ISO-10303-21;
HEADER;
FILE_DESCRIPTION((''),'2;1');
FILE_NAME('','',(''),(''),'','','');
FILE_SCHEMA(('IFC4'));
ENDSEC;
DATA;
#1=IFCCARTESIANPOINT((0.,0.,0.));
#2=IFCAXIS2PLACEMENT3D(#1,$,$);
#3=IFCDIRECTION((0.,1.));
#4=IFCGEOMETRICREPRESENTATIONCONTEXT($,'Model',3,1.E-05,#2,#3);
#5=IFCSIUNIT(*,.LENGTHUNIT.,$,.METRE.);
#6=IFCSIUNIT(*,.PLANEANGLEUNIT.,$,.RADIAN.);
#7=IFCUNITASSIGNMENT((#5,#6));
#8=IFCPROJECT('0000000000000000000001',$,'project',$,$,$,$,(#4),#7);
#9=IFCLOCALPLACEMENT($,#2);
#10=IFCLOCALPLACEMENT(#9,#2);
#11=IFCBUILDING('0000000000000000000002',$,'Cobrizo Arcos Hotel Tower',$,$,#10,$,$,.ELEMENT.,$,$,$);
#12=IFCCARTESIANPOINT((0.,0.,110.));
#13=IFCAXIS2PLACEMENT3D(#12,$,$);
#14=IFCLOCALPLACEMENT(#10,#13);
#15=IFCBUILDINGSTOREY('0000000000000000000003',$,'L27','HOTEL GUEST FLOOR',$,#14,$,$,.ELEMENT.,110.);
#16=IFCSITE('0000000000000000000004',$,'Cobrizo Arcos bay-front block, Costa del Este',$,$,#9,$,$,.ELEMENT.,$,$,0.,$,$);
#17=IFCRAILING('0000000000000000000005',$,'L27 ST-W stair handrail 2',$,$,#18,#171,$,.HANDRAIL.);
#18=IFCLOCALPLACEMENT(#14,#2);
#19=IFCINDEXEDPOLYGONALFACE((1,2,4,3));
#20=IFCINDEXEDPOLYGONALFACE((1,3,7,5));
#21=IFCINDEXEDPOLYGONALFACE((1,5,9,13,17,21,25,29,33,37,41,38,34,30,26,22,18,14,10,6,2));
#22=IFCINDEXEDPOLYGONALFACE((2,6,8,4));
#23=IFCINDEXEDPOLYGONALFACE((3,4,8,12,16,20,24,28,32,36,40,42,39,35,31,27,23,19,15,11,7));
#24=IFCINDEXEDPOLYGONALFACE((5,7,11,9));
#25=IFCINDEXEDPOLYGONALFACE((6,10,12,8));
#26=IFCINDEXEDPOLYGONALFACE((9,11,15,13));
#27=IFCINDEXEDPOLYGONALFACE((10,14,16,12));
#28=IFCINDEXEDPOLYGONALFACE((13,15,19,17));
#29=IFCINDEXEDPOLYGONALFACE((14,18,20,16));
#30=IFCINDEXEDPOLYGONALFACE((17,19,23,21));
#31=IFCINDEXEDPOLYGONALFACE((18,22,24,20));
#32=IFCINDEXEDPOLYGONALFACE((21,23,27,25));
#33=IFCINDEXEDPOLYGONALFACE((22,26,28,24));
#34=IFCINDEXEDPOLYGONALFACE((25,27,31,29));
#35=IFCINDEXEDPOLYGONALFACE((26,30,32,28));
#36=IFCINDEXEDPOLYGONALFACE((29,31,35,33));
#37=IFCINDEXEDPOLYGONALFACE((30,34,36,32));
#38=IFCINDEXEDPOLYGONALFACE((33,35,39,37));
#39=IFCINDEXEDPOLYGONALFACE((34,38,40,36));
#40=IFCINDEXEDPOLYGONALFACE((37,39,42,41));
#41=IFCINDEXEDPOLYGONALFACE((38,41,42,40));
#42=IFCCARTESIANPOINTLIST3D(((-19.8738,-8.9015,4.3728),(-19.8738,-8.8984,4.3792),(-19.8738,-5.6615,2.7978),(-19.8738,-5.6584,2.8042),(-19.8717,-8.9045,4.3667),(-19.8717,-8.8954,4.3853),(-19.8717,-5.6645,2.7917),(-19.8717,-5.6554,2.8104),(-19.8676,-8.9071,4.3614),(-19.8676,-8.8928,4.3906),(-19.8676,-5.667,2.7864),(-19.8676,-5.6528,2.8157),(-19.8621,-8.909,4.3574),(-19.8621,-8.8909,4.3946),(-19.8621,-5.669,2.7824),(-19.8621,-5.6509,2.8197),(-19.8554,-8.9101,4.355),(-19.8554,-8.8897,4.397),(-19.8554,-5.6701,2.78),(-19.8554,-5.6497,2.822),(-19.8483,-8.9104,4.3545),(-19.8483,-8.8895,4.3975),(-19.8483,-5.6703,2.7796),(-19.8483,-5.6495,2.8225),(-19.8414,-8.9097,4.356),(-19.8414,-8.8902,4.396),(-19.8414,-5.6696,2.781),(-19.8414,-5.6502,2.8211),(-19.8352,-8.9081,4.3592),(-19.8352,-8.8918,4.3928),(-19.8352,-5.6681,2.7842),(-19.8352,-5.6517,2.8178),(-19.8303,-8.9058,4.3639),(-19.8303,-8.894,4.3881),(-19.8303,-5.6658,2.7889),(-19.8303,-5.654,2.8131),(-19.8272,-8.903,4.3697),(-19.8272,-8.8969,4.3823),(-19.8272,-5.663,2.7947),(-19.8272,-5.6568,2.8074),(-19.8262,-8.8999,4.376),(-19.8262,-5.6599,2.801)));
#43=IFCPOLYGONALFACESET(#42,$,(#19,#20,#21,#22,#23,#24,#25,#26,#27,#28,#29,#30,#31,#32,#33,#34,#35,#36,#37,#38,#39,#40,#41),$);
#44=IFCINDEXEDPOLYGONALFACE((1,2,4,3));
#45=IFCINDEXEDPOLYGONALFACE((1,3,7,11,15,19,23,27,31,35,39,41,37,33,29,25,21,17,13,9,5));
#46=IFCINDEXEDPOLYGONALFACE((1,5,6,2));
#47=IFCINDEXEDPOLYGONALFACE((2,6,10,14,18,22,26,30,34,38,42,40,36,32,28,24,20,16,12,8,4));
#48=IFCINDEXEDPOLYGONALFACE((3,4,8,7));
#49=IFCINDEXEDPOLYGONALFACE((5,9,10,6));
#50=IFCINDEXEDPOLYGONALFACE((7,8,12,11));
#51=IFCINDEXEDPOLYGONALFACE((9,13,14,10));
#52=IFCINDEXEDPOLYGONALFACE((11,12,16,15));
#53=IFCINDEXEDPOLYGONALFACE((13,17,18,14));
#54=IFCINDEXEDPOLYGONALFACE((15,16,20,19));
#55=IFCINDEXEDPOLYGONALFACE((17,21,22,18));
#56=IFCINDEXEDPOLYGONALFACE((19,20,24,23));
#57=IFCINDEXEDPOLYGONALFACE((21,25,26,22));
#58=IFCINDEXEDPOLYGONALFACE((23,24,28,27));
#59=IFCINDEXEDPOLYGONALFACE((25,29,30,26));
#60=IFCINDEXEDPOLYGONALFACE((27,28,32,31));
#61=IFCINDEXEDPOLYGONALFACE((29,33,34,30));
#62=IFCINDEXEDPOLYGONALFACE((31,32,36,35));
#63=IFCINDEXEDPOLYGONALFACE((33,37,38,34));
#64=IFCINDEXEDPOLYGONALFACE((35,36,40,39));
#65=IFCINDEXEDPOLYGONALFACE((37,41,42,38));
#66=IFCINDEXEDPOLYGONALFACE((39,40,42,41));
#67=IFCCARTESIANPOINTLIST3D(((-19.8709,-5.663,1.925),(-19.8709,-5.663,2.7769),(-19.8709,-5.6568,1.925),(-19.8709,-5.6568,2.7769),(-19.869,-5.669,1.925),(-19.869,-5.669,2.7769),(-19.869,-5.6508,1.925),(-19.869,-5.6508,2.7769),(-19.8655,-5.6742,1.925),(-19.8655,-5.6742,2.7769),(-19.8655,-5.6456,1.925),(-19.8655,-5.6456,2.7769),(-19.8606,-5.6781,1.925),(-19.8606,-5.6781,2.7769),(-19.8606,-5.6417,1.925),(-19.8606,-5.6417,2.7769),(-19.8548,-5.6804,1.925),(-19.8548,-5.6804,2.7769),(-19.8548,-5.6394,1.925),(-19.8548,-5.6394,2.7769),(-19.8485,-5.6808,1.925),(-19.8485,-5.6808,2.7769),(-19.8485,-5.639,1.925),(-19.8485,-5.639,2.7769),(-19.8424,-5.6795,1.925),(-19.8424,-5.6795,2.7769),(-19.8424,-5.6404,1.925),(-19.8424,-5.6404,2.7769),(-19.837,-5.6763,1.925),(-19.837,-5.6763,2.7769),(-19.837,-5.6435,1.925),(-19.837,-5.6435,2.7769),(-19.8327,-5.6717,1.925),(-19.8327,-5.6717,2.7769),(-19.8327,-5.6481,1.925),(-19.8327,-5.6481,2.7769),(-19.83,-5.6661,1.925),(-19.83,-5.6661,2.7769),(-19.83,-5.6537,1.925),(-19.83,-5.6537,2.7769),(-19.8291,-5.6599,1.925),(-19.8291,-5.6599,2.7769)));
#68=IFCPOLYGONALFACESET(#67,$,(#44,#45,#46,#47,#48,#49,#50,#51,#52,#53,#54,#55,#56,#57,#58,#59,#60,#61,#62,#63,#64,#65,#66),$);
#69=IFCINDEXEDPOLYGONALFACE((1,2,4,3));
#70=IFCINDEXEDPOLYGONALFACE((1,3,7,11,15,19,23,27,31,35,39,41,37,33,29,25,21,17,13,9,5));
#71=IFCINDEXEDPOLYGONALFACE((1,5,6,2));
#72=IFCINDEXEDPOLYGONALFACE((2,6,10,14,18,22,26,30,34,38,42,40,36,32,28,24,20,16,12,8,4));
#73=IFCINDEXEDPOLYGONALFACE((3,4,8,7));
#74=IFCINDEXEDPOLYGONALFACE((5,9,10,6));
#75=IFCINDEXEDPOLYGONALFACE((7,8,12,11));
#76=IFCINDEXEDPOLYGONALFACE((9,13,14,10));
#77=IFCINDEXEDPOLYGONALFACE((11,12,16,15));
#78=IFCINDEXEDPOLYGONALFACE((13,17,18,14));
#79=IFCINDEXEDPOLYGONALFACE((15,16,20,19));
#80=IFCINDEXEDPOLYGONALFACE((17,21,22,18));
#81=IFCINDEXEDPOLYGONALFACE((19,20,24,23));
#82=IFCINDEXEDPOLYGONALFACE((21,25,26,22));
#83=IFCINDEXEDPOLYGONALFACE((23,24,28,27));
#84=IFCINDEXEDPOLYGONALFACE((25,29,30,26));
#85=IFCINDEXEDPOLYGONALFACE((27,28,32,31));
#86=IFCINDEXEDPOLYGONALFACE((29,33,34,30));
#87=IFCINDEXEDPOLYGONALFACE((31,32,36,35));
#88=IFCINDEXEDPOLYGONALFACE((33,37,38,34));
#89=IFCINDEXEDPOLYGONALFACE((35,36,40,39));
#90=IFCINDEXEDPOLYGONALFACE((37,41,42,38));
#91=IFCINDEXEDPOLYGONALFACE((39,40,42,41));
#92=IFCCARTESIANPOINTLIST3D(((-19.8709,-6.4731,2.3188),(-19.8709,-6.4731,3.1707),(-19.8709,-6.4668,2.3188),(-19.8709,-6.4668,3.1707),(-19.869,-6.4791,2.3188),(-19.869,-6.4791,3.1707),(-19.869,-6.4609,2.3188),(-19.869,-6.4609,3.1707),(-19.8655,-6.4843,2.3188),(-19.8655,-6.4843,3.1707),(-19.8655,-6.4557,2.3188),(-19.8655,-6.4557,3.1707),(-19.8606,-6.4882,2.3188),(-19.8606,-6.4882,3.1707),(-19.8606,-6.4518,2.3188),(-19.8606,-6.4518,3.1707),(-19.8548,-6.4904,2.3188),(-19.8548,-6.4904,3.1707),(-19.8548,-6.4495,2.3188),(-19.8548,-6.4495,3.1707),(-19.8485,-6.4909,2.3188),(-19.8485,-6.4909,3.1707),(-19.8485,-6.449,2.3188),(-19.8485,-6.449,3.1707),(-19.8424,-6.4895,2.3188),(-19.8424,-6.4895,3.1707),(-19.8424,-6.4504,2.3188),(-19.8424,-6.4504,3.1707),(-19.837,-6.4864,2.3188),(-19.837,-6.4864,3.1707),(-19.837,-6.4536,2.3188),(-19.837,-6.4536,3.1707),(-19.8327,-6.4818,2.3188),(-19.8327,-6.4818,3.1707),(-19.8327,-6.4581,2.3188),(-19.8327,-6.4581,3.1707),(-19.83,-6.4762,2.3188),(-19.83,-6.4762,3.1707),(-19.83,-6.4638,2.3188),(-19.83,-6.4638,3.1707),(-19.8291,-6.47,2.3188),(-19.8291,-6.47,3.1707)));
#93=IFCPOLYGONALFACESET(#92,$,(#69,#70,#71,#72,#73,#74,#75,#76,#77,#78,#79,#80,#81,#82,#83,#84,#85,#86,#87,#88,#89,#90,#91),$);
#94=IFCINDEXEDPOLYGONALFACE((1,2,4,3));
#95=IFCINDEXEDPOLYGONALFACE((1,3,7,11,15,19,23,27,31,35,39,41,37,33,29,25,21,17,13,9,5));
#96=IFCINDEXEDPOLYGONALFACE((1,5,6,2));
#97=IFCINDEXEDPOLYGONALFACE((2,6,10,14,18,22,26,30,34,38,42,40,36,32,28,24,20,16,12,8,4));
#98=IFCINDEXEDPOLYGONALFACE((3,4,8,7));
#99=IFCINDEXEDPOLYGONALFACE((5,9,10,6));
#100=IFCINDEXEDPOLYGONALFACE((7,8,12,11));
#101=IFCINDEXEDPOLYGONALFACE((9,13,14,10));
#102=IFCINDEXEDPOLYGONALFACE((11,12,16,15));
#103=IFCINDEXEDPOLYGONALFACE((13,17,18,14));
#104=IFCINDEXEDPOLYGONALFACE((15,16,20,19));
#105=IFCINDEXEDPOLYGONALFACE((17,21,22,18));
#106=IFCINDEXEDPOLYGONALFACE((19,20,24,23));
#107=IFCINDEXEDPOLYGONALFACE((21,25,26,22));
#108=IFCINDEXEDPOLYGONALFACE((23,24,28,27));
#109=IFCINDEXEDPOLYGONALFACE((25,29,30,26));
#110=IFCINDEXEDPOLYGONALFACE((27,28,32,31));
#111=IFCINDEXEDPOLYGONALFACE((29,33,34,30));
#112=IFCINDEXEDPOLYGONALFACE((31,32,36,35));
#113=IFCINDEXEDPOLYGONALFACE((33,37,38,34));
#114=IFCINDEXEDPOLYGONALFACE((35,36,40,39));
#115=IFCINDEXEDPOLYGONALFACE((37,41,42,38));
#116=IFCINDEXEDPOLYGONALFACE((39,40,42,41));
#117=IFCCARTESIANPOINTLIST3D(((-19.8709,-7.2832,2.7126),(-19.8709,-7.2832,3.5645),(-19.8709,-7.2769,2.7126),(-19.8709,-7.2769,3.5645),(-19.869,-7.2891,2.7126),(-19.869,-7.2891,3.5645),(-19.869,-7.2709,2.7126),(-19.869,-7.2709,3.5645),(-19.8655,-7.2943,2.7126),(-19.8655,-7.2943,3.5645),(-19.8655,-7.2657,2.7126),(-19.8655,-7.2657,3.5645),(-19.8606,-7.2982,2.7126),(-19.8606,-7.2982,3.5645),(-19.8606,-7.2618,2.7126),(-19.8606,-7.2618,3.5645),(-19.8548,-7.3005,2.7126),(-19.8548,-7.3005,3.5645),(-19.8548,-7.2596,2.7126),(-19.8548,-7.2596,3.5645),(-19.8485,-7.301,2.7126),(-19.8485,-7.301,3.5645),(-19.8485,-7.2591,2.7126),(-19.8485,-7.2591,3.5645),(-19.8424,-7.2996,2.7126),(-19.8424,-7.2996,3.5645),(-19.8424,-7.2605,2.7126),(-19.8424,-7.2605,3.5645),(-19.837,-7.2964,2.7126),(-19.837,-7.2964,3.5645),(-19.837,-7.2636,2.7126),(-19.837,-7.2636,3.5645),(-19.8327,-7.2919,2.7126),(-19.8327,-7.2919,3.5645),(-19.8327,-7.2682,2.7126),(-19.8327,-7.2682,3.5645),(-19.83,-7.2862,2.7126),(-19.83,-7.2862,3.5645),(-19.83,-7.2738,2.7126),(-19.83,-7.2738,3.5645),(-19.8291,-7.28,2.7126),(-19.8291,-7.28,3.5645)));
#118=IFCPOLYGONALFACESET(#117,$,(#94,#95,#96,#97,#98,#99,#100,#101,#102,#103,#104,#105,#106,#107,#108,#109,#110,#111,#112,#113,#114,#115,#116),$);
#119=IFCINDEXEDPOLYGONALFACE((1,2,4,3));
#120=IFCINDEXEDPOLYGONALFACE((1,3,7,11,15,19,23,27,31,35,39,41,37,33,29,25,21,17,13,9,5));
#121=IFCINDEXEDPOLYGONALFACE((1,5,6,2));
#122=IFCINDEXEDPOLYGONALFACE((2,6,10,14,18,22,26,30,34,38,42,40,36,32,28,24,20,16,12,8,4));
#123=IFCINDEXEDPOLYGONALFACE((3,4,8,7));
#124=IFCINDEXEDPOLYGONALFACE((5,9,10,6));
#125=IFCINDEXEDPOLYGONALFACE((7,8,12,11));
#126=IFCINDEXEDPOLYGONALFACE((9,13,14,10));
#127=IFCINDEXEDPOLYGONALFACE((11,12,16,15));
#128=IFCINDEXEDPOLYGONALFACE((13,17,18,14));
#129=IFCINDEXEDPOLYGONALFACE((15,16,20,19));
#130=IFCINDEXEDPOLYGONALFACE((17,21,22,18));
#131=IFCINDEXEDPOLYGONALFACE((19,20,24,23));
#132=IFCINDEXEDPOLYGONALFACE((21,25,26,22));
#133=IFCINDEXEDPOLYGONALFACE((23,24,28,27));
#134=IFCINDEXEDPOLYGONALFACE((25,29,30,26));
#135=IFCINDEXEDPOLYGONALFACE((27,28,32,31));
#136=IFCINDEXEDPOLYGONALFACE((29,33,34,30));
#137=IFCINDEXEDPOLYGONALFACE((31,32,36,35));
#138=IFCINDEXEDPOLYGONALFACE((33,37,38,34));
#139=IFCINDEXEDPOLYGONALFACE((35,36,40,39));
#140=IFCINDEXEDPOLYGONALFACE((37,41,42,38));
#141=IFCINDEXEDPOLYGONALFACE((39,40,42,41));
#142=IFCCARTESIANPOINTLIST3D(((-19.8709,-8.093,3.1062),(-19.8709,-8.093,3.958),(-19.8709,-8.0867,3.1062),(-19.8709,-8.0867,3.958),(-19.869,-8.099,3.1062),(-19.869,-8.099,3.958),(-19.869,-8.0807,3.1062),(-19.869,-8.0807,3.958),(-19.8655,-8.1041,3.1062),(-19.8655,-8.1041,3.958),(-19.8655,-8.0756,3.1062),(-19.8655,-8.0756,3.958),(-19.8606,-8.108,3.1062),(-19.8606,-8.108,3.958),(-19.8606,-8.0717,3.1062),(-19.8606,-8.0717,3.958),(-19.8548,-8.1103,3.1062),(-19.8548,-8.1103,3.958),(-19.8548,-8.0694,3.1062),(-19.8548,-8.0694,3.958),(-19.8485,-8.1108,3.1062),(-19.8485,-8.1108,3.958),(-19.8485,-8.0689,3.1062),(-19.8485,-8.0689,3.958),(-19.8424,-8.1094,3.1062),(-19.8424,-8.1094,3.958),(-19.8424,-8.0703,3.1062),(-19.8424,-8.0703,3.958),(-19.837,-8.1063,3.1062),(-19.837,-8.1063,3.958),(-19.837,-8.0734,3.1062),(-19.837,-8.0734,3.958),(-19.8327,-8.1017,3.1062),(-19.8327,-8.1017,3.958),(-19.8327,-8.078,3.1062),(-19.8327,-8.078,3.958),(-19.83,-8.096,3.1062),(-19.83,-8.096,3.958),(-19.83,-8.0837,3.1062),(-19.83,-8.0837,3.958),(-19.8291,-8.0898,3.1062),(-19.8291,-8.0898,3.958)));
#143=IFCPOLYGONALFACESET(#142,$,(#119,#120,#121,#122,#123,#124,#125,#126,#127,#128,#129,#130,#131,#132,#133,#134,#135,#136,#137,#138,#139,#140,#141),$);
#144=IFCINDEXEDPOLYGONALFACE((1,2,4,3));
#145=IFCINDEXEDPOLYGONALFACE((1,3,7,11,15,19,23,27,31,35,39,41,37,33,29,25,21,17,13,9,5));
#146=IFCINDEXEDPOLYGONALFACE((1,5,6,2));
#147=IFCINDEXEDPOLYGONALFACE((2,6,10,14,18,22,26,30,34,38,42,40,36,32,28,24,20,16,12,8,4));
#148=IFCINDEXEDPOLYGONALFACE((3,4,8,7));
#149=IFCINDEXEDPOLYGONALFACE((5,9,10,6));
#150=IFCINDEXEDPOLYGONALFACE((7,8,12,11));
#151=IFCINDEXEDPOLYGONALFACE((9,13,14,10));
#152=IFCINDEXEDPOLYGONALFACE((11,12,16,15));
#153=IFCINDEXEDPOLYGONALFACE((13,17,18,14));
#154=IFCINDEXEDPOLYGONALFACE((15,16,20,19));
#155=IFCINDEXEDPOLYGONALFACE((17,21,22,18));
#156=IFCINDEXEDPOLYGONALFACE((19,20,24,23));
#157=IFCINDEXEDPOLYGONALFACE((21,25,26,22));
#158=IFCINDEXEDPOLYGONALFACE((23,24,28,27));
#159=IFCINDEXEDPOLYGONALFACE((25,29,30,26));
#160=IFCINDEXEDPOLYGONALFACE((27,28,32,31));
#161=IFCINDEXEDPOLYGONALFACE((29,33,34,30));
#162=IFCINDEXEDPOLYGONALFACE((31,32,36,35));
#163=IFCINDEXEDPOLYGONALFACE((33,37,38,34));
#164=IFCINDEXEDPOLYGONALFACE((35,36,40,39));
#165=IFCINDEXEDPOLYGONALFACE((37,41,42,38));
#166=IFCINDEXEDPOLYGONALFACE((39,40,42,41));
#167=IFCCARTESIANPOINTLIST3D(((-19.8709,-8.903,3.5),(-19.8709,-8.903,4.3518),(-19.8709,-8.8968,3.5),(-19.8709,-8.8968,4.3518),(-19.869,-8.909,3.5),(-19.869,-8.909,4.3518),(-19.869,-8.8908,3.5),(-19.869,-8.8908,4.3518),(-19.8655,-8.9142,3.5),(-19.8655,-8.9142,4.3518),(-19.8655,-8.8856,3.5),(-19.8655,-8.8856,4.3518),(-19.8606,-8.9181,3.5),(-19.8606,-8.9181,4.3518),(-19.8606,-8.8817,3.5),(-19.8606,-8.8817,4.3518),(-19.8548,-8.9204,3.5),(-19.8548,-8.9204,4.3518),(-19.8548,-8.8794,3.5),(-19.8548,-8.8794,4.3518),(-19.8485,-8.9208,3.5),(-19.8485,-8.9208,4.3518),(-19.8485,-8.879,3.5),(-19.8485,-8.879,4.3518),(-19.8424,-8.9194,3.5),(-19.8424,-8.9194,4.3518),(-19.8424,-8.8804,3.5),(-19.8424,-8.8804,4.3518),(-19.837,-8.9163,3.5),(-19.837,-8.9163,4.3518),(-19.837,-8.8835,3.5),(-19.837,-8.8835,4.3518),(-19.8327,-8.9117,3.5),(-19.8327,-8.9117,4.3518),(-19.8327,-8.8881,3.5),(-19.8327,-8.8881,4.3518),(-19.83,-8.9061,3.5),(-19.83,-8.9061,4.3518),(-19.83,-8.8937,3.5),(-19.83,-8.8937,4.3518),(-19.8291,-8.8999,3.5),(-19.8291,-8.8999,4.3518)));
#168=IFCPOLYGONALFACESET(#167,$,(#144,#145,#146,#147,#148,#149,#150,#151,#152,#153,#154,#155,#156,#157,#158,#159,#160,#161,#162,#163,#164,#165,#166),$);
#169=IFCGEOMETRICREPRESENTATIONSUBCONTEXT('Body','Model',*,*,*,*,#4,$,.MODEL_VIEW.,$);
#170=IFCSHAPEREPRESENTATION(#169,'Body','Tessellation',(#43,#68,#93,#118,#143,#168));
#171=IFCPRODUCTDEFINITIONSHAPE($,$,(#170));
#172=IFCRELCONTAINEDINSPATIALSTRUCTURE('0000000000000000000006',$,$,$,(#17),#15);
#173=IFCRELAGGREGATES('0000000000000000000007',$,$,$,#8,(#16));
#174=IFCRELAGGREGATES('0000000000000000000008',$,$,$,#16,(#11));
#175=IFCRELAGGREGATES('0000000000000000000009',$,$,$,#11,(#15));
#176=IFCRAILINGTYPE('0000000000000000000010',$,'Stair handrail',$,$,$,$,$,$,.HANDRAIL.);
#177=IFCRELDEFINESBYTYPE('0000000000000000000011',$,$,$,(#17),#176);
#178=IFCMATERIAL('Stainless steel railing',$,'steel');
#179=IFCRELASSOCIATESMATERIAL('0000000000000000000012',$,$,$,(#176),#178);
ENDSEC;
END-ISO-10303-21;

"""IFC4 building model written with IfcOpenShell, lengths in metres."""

from ifc_helpers import new_model, si_unit, direction, frame, origin, origin_2d, place, context, subcontext, project, spatial, circle, extrude, material, type_object, element, save


model = new_model("IFC4")

# Units and contexts
model_context = context("Model", 3, precision=1e-05, world=origin(), true_north=direction((0.0, 1.0)))
body_context = subcontext(model_context, "Body", "Model", "MODEL_VIEW")
ifc_project = project(units=[si_unit("LENGTHUNIT", "METRE"), si_unit("PLANEANGLEUNIT", "RADIAN")], contexts=[model_context])

# Site, building, storey
site_placement = place(None, origin())
site = spatial("IfcSite", under=ifc_project, at=site_placement, Name="Cobrizo Arcos bay-front block, Costa del Este", CompositionType="ELEMENT", RefElevation=0.0)
building_placement = place(site_placement, origin())
building = spatial("IfcBuilding", under=site, at=building_placement, Name="Cobrizo Arcos Hotel Tower", CompositionType="ELEMENT")
storey_placement = place(building_placement, frame((0.0, 0.0, 110.0)))
storey = spatial("IfcBuildingStorey", under=building, at=storey_placement, Name="L27", Description="HOTEL GUEST FLOOR", CompositionType="ELEMENT", Elevation=110.0)

# Railing
ifc_material_1 = material(Name="Stainless steel railing", Category="steel")
railing_type_1 = type_object("IfcRailingType", Name="Stair handrail", PredefinedType="HANDRAIL", material=ifc_material_1)
railing_1_placement = place(storey_placement, frame((-19.8501, -5.6599, 1.925)))
element("IfcRailing", 1, at=railing_1_placement, inside=storey, type_object=railing_type_1, Name="L27 ST-W stair handrail 2", PredefinedType="HANDRAIL", context=body_context, shape_type="SweptSolid", body=[
    extrude(circle(Radius=0.0239, at=origin_2d()), frame((0.0, 0.0, 0.876), z_axis=(0.0, -0.899373, 0.437183), x_axis=(1.0, 0.0, 0.0)), (0.0, 0.0, 1.0), 3.6025),
    extrude(circle(Radius=0.021, at=origin_2d()), origin(), (0.0, 0.0, 1.0), 0.8518),
    extrude(circle(Radius=0.021, at=origin_2d()), frame((0.0, -0.8101, 0.3938)), (0.0, 0.0, 1.0), 0.8518),
    extrude(circle(Radius=0.021, at=origin_2d()), frame((0.0, -1.6201, 0.7876)), (0.0, 0.0, 1.0), 0.8518),
    extrude(circle(Radius=0.021, at=origin_2d()), frame((0.0, -2.4299, 1.1812)), (0.0, 0.0, 1.0), 0.8518),
    extrude(circle(Radius=0.021, at=origin_2d()), frame((0.0, -3.24, 1.575)), (0.0, 0.0, 1.0), 0.8518),
])

save(model, "model.ifc")
